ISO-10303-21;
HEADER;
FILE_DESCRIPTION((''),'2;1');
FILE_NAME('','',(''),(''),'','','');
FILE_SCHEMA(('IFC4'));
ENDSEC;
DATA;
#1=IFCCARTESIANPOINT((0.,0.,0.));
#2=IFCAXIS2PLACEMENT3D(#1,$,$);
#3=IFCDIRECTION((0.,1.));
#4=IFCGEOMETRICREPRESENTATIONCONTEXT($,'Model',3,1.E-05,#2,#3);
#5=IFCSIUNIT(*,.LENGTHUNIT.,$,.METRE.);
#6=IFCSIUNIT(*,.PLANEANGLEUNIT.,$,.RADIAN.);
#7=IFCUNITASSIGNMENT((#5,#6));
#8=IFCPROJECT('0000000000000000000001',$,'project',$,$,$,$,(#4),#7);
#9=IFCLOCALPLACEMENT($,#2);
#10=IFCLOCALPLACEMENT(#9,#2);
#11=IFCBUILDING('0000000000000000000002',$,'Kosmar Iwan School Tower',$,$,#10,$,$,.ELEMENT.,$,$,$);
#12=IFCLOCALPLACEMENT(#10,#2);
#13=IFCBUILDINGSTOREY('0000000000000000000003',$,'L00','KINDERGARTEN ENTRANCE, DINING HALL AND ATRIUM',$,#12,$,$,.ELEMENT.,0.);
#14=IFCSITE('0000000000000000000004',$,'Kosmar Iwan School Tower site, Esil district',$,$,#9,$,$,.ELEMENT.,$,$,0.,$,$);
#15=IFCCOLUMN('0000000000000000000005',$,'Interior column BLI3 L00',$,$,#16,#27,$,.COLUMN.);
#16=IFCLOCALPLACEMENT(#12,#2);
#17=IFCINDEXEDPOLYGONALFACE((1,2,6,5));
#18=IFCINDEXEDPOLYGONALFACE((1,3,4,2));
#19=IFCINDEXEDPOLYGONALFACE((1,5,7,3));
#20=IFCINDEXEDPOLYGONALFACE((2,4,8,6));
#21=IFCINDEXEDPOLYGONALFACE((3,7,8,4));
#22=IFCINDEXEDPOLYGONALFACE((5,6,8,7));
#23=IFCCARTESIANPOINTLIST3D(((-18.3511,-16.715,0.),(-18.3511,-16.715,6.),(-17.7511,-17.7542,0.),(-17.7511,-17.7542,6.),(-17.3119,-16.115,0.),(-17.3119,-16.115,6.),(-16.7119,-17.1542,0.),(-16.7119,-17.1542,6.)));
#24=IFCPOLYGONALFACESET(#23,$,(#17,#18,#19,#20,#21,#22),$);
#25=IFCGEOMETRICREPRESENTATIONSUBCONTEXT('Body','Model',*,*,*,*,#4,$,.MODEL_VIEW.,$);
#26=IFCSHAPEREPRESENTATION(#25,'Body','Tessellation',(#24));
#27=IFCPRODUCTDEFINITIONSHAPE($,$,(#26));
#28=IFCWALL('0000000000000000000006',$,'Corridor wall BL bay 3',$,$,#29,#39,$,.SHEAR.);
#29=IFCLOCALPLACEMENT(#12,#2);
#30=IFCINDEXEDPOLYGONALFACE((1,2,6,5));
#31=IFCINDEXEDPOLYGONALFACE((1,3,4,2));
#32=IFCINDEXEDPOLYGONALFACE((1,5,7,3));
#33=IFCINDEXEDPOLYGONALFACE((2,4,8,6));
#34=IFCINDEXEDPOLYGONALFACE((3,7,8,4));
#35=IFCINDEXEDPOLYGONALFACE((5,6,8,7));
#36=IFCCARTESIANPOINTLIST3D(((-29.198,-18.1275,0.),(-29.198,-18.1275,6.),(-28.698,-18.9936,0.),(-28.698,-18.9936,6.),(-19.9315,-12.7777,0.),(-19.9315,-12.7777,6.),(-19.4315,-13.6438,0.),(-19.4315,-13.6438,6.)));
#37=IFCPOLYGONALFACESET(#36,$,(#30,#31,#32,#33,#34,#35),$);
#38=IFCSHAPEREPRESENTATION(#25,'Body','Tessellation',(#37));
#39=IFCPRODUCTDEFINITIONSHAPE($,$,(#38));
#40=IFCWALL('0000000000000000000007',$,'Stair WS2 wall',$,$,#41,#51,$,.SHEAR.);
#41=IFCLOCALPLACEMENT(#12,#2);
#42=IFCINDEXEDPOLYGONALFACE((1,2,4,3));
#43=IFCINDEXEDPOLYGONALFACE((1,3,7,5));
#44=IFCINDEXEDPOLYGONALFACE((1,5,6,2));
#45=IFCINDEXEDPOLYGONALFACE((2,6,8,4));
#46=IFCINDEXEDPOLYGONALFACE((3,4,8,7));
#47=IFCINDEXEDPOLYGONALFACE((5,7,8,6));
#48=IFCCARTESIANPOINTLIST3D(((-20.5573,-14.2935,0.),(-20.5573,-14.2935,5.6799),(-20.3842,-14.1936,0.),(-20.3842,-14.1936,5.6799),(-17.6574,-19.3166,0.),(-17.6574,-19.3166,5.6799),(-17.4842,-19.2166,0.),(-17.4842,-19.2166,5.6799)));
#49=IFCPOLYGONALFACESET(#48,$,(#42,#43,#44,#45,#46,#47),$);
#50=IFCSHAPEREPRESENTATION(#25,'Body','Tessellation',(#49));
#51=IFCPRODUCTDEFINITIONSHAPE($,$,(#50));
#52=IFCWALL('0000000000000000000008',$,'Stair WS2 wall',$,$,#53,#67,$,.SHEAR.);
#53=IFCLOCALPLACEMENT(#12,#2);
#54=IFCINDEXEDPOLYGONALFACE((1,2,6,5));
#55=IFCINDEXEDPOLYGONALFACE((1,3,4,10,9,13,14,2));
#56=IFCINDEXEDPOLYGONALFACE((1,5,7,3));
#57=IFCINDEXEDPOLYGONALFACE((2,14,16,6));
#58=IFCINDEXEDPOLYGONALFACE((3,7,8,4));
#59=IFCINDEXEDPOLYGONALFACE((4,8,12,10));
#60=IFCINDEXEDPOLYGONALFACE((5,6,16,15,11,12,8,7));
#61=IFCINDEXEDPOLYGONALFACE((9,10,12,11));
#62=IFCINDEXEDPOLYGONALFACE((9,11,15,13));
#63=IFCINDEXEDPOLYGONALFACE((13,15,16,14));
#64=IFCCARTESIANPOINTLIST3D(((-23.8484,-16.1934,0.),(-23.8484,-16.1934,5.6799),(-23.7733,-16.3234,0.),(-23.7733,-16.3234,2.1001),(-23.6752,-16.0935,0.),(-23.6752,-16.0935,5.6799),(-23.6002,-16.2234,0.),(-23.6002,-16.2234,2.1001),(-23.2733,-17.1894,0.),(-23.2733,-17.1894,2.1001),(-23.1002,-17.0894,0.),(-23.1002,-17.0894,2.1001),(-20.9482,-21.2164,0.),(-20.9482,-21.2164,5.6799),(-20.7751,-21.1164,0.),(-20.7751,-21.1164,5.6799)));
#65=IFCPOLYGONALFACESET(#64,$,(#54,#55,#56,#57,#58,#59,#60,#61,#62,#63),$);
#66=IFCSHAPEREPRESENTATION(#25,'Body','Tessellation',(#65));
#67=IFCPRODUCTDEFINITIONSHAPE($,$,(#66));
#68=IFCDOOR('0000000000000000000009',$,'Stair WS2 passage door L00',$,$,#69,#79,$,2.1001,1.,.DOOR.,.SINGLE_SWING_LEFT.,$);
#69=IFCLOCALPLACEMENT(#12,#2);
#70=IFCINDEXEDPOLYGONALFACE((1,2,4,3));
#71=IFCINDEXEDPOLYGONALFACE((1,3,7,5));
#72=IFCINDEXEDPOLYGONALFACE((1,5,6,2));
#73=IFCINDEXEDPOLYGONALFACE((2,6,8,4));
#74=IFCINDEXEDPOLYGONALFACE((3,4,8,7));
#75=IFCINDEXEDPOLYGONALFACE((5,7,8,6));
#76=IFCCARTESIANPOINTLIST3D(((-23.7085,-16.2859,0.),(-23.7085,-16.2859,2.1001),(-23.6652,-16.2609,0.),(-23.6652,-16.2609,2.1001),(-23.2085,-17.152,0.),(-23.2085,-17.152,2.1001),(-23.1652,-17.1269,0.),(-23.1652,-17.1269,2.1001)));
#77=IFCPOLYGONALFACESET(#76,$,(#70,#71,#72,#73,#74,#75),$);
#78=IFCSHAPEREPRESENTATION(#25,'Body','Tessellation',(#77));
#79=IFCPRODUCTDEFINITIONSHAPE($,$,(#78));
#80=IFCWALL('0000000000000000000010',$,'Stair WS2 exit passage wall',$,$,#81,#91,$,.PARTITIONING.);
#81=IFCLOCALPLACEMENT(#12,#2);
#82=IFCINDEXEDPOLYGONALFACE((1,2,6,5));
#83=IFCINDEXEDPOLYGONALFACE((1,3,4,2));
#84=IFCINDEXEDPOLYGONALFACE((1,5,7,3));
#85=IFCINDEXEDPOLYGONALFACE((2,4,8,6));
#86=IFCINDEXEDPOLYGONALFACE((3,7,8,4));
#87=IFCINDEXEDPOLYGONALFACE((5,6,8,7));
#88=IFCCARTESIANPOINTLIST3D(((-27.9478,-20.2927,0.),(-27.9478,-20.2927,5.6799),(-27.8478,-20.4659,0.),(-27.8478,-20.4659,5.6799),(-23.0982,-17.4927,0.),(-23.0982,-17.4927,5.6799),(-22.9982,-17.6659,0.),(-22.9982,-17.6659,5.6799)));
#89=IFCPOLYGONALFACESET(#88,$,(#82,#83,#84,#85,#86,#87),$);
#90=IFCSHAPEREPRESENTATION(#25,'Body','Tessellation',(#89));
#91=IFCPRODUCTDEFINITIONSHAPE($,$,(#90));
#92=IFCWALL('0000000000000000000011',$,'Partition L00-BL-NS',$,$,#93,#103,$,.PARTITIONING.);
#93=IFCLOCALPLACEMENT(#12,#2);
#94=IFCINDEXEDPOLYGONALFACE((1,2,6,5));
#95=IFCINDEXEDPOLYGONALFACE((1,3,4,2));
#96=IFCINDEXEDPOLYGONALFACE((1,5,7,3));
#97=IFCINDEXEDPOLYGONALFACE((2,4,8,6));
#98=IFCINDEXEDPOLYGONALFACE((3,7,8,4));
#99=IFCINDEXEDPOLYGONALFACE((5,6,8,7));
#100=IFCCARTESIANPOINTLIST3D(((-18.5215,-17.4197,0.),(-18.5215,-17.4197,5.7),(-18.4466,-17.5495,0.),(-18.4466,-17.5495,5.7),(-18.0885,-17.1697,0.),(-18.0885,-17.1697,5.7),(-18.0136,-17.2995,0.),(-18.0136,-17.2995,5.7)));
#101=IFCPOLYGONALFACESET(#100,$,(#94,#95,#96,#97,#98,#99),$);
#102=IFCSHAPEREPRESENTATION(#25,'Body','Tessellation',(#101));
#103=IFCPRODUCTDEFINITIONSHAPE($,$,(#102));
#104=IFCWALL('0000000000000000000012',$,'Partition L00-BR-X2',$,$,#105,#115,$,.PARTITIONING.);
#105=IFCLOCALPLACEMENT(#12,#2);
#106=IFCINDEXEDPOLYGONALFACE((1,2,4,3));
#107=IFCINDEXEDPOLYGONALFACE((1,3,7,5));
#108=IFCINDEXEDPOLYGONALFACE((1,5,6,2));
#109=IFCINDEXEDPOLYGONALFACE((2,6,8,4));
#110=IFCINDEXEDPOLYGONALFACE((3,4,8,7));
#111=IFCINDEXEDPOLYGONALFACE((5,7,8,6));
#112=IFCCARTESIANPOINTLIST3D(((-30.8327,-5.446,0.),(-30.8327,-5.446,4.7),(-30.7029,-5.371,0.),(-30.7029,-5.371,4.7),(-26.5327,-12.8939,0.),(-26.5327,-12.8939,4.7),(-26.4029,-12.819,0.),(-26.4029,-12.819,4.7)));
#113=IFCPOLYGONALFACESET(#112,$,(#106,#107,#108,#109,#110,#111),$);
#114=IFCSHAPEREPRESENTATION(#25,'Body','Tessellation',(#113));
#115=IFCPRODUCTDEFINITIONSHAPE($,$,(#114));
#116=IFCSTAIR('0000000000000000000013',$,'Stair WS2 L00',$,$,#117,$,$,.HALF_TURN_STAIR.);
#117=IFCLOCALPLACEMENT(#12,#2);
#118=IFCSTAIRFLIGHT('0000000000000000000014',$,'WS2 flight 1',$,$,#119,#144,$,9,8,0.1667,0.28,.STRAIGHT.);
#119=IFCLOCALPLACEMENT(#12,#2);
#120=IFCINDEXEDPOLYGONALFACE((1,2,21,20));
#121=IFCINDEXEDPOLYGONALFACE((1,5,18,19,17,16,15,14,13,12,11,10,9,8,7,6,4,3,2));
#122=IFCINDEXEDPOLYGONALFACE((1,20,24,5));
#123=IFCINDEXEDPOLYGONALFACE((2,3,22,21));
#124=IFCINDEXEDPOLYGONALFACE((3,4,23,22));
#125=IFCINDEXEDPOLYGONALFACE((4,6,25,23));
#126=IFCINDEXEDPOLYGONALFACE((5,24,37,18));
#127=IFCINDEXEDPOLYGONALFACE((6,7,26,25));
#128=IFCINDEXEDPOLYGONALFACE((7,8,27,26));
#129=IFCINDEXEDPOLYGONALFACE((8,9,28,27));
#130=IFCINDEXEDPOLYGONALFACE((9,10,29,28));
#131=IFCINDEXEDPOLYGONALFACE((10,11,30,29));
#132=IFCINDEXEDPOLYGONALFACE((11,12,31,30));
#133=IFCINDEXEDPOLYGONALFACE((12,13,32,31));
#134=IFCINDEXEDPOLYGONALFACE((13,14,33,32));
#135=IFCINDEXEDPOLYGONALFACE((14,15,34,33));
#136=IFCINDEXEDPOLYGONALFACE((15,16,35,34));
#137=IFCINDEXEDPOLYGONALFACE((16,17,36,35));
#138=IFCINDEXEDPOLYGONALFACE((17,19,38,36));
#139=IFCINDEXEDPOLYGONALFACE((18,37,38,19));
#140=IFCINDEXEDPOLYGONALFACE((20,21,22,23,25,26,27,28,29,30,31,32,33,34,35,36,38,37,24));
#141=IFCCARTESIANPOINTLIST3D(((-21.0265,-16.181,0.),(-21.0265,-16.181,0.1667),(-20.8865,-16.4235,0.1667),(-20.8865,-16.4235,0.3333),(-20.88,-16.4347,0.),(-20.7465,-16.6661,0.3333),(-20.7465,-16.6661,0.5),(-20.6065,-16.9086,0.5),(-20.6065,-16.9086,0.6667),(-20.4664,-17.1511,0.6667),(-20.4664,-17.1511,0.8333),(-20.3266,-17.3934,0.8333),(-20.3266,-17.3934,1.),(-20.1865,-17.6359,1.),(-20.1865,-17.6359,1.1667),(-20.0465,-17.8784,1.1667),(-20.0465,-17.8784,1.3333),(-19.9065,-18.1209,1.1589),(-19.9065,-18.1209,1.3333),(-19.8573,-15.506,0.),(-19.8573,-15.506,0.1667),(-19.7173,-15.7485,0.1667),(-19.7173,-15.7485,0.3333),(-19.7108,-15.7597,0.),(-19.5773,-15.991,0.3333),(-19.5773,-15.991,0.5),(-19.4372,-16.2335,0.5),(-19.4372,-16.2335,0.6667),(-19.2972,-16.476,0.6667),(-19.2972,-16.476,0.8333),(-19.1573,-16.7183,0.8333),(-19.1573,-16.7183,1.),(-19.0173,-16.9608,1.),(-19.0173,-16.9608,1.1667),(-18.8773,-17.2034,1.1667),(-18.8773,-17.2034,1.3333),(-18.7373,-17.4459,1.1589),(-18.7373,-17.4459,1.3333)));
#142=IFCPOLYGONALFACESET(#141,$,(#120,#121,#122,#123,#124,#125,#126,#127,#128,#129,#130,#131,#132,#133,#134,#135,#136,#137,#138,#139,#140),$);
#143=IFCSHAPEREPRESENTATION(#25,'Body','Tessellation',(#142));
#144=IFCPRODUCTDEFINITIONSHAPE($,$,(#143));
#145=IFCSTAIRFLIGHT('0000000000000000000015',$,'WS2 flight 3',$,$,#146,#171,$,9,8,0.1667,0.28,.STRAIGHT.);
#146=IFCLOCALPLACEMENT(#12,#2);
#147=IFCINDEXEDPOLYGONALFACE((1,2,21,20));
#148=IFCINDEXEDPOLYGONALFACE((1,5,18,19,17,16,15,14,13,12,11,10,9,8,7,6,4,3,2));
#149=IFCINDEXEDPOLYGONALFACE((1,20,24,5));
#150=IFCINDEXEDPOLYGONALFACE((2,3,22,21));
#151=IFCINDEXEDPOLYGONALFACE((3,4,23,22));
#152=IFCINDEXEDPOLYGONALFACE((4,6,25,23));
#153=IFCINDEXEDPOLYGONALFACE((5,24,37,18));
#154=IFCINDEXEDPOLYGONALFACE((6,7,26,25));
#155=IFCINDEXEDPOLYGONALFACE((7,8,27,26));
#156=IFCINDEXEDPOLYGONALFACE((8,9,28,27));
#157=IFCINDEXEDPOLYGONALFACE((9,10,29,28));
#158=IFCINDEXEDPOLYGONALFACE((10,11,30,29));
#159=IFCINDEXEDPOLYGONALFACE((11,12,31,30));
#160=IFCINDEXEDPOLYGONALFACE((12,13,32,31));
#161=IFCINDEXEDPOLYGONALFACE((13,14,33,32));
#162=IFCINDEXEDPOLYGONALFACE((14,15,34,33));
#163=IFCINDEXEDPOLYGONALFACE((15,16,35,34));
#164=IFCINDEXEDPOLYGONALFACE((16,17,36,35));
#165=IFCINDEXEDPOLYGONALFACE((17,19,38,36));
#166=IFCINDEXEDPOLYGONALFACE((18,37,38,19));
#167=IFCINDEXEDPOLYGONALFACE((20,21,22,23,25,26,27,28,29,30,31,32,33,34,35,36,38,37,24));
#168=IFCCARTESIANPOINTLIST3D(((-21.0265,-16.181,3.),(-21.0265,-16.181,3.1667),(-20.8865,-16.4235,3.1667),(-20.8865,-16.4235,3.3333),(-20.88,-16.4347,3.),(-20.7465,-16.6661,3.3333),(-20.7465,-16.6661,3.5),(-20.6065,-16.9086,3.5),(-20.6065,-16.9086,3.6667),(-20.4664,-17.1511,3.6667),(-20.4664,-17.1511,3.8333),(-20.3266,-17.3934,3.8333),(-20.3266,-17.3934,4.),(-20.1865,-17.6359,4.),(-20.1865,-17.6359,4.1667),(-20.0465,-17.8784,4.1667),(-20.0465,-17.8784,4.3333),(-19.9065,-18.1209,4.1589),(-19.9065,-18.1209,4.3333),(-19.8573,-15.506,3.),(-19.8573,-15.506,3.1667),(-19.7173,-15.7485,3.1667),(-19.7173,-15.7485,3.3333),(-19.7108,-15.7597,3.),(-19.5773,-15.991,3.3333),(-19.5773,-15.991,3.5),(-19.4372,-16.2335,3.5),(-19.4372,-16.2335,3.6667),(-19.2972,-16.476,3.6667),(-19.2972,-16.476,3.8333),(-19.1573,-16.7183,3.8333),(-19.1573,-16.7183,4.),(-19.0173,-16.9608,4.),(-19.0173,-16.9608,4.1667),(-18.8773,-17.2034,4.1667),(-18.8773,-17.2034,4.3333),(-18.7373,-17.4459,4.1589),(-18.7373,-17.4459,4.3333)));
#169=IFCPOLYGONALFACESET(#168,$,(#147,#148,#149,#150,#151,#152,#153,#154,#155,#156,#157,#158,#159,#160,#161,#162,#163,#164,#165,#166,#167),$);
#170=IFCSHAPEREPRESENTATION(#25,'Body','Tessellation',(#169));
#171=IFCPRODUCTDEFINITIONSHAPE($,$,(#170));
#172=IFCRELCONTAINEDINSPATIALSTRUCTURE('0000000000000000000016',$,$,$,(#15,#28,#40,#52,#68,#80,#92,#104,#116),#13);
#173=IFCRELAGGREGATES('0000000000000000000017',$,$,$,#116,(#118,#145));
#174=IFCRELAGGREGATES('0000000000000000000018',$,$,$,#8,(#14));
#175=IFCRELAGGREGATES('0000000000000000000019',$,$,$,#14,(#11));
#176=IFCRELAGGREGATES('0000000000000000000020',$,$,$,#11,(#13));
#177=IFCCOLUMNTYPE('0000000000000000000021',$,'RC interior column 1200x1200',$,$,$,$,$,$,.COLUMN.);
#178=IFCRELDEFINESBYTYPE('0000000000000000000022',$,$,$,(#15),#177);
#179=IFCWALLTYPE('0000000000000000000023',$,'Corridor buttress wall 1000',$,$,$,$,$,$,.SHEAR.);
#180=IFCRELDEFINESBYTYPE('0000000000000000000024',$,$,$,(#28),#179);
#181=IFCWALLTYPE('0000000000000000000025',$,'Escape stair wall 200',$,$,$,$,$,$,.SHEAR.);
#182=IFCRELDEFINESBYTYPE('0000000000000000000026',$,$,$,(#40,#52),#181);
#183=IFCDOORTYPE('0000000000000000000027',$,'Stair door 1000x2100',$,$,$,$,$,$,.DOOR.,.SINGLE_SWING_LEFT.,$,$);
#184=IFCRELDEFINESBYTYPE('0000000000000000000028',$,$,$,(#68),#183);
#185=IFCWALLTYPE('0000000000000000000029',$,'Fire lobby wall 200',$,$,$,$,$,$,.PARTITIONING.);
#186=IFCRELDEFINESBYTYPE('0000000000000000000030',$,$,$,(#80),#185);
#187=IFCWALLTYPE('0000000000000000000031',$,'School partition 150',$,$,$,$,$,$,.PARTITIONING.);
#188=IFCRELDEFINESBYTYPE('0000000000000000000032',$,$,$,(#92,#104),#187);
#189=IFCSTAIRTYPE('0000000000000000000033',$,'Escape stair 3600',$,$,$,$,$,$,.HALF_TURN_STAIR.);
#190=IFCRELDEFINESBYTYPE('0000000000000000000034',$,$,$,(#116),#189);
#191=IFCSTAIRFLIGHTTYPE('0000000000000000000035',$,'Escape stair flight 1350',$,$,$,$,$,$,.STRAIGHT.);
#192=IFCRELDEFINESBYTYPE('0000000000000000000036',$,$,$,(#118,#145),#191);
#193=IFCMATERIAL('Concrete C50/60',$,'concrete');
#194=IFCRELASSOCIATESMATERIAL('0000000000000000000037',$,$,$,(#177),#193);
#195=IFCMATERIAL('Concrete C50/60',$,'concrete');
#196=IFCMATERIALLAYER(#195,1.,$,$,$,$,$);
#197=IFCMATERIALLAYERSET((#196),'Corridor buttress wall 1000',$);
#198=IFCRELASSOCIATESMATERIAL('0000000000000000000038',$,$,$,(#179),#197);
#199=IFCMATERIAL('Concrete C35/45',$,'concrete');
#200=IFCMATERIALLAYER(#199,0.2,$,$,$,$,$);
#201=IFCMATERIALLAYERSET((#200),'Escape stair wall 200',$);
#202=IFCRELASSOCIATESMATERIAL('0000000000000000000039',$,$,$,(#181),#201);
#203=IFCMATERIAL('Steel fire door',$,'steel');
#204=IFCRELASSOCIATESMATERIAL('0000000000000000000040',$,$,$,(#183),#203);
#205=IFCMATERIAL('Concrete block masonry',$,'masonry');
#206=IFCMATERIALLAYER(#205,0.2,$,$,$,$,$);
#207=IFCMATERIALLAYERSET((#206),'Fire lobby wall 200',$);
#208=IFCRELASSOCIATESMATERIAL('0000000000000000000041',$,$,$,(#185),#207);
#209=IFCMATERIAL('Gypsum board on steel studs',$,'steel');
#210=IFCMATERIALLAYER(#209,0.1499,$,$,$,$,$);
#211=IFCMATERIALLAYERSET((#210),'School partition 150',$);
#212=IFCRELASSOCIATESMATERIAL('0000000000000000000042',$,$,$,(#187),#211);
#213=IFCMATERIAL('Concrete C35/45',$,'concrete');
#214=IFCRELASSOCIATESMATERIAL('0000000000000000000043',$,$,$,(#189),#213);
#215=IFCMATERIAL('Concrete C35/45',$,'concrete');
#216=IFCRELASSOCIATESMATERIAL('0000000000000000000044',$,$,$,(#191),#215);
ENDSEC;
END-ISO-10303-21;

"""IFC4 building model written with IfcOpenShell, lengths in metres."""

from ifc_helpers import new_model, si_unit, direction, frame, frame_2d, origin, origin_2d, place, context, subcontext, project, spatial, polyline, rectangle, outline, extrude, material, layer, layer_set, material_profile, profile_set, type_object, element, fill, aggregate, save


model = new_model("IFC4")

# Units and contexts
model_context = context("Model", 3, precision=1e-05, world=origin(), true_north=direction((0.0, 1.0)))
body_context = subcontext(model_context, "Body", "Model", "MODEL_VIEW")
ifc_project = project(units=[si_unit("LENGTHUNIT", "METRE"), si_unit("PLANEANGLEUNIT", "RADIAN")], contexts=[model_context])

# Site, building, storey
site_placement = place(None, origin())
site = spatial("IfcSite", under=ifc_project, at=site_placement, Name="Kosmar Iwan School Tower site, Esil district", CompositionType="ELEMENT", RefElevation=0.0)
building_placement = place(site_placement, origin())
building = spatial("IfcBuilding", under=site, at=building_placement, Name="Kosmar Iwan School Tower", CompositionType="ELEMENT")
storey_placement = place(building_placement, origin())
storey = spatial("IfcBuildingStorey", under=building, at=storey_placement, Name="L00", Description="KINDERGARTEN ENTRANCE, DINING HALL AND ATRIUM", CompositionType="ELEMENT", Elevation=0.0)

# Column
ifc_material_1 = material(Name="Concrete C50/60", Category="concrete")
ifc_material_profile_1 = material_profile(ifc_material_1, rectangle(XDim=1.2, YDim=1.2, at=origin_2d()), Name="RC 1200x1200")
ifc_profile_set_1 = profile_set([ifc_material_profile_1], Name="Concrete C50/60")
column_type = type_object("IfcColumnType", Name="RC interior column 1200x1200", PredefinedType="COLUMN", material=ifc_profile_set_1)
column_placement = place(storey_placement, frame((-17.5315, -16.9346, 0.0), z_axis=(0.0, 0.0, 1.0), x_axis=(-0.866025, -0.5, 0.0)))
element("IfcColumn", 1, at=column_placement, inside=storey, type_object=column_type, Name="Interior column BLI3 L00", PredefinedType="COLUMN", context=body_context, shape_type="SweptSolid", body=[
    extrude(rectangle(XDim=1.2, YDim=1.2, at=origin_2d()), origin(), (0.0, 0.0, 1.0), 6.0),
])

# Walls
ifc_material_2 = material(Name="Concrete C50/60", Category="concrete")
ifc_layer_1 = layer(ifc_material_2, 1.0)
ifc_layer_set_1 = layer_set([ifc_layer_1], Name="Corridor buttress wall 1000")
wall_type_1 = type_object("IfcWallType", Name="Corridor buttress wall 1000", PredefinedType="SHEAR", material=ifc_layer_set_1)
wall_1_placement = place(storey_placement, frame((-19.6814, -13.2107, 0.0), z_axis=(0.0, 0.0, 1.0), x_axis=(-0.866034, -0.499984, 0.0)))
element("IfcWall", 2, at=wall_1_placement, inside=storey, type_object=wall_type_1, Name="Corridor wall BL bay 3", PredefinedType="SHEAR", context=body_context, shape_type="SweptSolid", body=[
    extrude(rectangle(XDim=10.7, YDim=1.0, at=frame_2d((5.3501, 0.0))), origin(), (0.0, 0.0, 1.0), 6.0),
])
ifc_material_3 = material(Name="Concrete C35/45", Category="concrete")
ifc_layer_2 = layer(ifc_material_3, 0.2)
ifc_layer_set_2 = layer_set([ifc_layer_2], Name="Escape stair wall 200")
wall_type_2 = type_object("IfcWallType", Name="Escape stair wall 200", PredefinedType="SHEAR", material=ifc_layer_set_2)
wall_2_placement = place(storey_placement, frame((-20.4707, -14.2437, 0.0), z_axis=(0.0, 0.0, 1.0), x_axis=(0.499987, -0.866033, 0.0)))
element("IfcWall", 3, at=wall_2_placement, inside=storey, type_object=wall_type_2, Name="Stair WS2 wall", PredefinedType="SHEAR", context=body_context, shape_type="SweptSolid", body=[
    extrude(rectangle(XDim=5.8, YDim=0.2, at=frame_2d((2.8999, 0.0))), origin(), (0.0, 0.0, 1.0), 5.6799),
])

# Wall, opening, door
wall_3_placement = place(storey_placement, frame((-23.7617, -16.1436, 0.0), z_axis=(0.0, 0.0, 1.0), x_axis=(0.500019, -0.866015, 0.0)))
wall_3 = element("IfcWall", 4, at=wall_3_placement, inside=storey, type_object=wall_type_2, Name="Stair WS2 wall", PredefinedType="SHEAR", context=body_context, shape_type="SweptSolid", body=[
    extrude(rectangle(XDim=5.8, YDim=0.2, at=frame_2d((2.8999, 0.0))), origin(), (0.0, 0.0, 1.0), 5.6799),
])
opening_placement = place(wall_3_placement, frame((0.1499, 0.0, 0.0)))
opening = element("IfcOpeningElement", 5, at=opening_placement, cuts=wall_3, PredefinedType="OPENING", context=body_context, shape_type="SweptSolid", body=[
    extrude(rectangle(XDim=1.0, YDim=2.1001, at=frame_2d((0.5, 1.05))), frame((0.0, 0.1121, 0.0), z_axis=(0.0, -1.0, 0.0), x_axis=(1.0, 0.0, 0.0)), (0.0, 0.0, 1.0), 0.2239),
])
ifc_material_4 = material(Name="Steel fire door", Category="steel")
door_type = type_object("IfcDoorType", Name="Stair door 1000x2100", OperationType="SINGLE_SWING_LEFT", PredefinedType="DOOR", material=ifc_material_4)
door_placement = place(opening_placement, origin())
door = element("IfcDoor", 6, at=door_placement, inside=storey, type_object=door_type, Name="Stair WS2 passage door L00", OperationType="SINGLE_SWING_LEFT", OverallHeight=2.1001, OverallWidth=1.0, PredefinedType="DOOR", context=body_context, shape_type="SweptSolid", body=[
    extrude(rectangle(XDim=1.0, YDim=2.1001, at=frame_2d((0.5, 1.05))), frame((0.0, 0.0249, 0.0), z_axis=(0.0, -1.0, 0.0), x_axis=(1.0, 0.0, 0.0)), (0.0, 0.0, 1.0), 0.05),
])
fill(opening, door)

# Walls
ifc_material_5 = material(Name="Concrete block masonry", Category="masonry")
ifc_layer_3 = layer(ifc_material_5, 0.2)
ifc_layer_set_3 = layer_set([ifc_layer_3], Name="Fire lobby wall 200")
wall_type_3 = type_object("IfcWallType", Name="Fire lobby wall 200", PredefinedType="PARTITIONING", material=ifc_layer_set_3)
wall_4_placement = place(storey_placement, frame((-23.0483, -17.5793, 0.0), z_axis=(0.0, 0.0, 1.0), x_axis=(-0.866016, -0.500017, 0.0)))
element("IfcWall", 7, at=wall_4_placement, inside=storey, type_object=wall_type_3, Name="Stair WS2 exit passage wall", PredefinedType="PARTITIONING", context=body_context, shape_type="SweptSolid", body=[
    extrude(rectangle(XDim=5.5999, YDim=0.2, at=frame_2d((2.7998, 0.0))), origin(), (0.0, 0.0, 1.0), 5.6799),
])
ifc_material_6 = material(Name="Gypsum board on steel studs", Category="steel")
ifc_layer_4 = layer(ifc_material_6, 0.1499)
ifc_layer_set_4 = layer_set([ifc_layer_4], Name="School partition 150")
wall_type_4 = type_object("IfcWallType", Name="School partition 150", PredefinedType="PARTITIONING", material=ifc_layer_set_4)
wall_5_placement = place(storey_placement, frame((-18.051, -17.2346, 0.0), z_axis=(0.0, 0.0, 1.0), x_axis=(-0.866072, -0.49992, 0.0)))
element("IfcWall", 8, at=wall_5_placement, inside=storey, type_object=wall_type_4, Name="Partition L00-BL-NS", PredefinedType="PARTITIONING", context=body_context, shape_type="SweptSolid", body=[
    extrude(rectangle(XDim=0.5, YDim=0.1499, at=frame_2d((0.25, 0.0))), origin(), (0.0, 0.0, 1.0), 5.7),
])
wall_6_placement = place(storey_placement, frame((-26.4678, -12.8564, 0.0), z_axis=(0.0, 0.0, 1.0), x_axis=(-0.499995, 0.866028, 0.0)))
element("IfcWall", 9, at=wall_6_placement, inside=storey, type_object=wall_type_4, Name="Partition L00-BR-X2", PredefinedType="PARTITIONING", context=body_context, shape_type="SweptSolid", body=[
    extrude(rectangle(XDim=8.6001, YDim=0.1499, at=frame_2d((4.3, 0.0))), origin(), (0.0, 0.0, 1.0), 4.7),
])

# Stair, stair flights
ifc_material_7 = material(Name="Concrete C35/45", Category="concrete")
stair_type = type_object("IfcStairType", Name="Escape stair 3600", PredefinedType="HALF_TURN_STAIR", material=ifc_material_7)
stair_placement = place(storey_placement, origin())
stair = element("IfcStair", 10, at=stair_placement, inside=storey, type_object=stair_type, Name="Stair WS2 L00", PredefinedType="HALF_TURN_STAIR")
ifc_material_8 = material(Name="Concrete C35/45", Category="concrete")
stair_flight_type = type_object("IfcStairFlightType", Name="Escape stair flight 1350", PredefinedType="STRAIGHT", material=ifc_material_8)
stair_flight_1_placement = place(storey_placement, frame((-20.4419, -15.8435, 0.0), z_axis=(0.0, 0.0, 1.0), x_axis=(0.5, -0.866025, 0.0)))
stair_flight_1 = element("IfcStairFlight", 11, at=stair_flight_1_placement, type_object=stair_flight_type, Name="WS2 flight 1", NumberOfRisers=9, NumberOfTreads=8, PredefinedType="STRAIGHT", RiserHeight=0.1667, TreadLength=0.28, context=body_context, shape_type="SweptSolid", body=[
    extrude(outline(polyline([(0.0, 0.0), (0.0, 0.1667), (0.28, 0.1667), (0.28, 0.3333), (0.5601, 0.3333), (0.5601, 0.5), (0.8401, 0.5), (0.8401, 0.6667), (1.1201, 0.6667), (1.1201, 0.8333), (1.3999, 0.8333), (1.3999, 1.0), (1.6799, 1.0), (1.6799, 1.1667), (1.96, 1.1667), (1.96, 1.3333), (2.24, 1.3333), (2.24, 1.5), (2.24, 1.1589), (0.293, 0.0), (0.0, 0.0)])), frame((0.0, 0.675, 0.0), z_axis=(0.0, -1.0, 0.0), x_axis=(1.0, 0.0, 0.0)), (0.0, 0.0, 1.0), 1.3501),
])
stair_flight_2_placement = place(storey_placement, frame((-20.4419, -15.8435, 3.0), z_axis=(0.0, 0.0, 1.0), x_axis=(0.5, -0.866025, 0.0)))
stair_flight_2 = element("IfcStairFlight", 12, at=stair_flight_2_placement, type_object=stair_flight_type, Name="WS2 flight 3", NumberOfRisers=9, NumberOfTreads=8, PredefinedType="STRAIGHT", RiserHeight=0.1667, TreadLength=0.28, context=body_context, shape_type="SweptSolid", body=[
    extrude(outline(polyline([(0.0, 0.0), (0.0, 0.1667), (0.28, 0.1667), (0.28, 0.3333), (0.5601, 0.3333), (0.5601, 0.5), (0.8401, 0.5), (0.8401, 0.6667), (1.1201, 0.6667), (1.1201, 0.8333), (1.3999, 0.8333), (1.3999, 1.0), (1.6799, 1.0), (1.6799, 1.1667), (1.96, 1.1667), (1.96, 1.3333), (2.24, 1.3333), (2.24, 1.5), (2.24, 1.1589), (0.293, 0.0), (0.0, 0.0)])), frame((0.0, 0.675, 0.0), z_axis=(0.0, -1.0, 0.0), x_axis=(1.0, 0.0, 0.0)), (0.0, 0.0, 1.0), 1.3501),
])
aggregate(stair, [stair_flight_1, stair_flight_2])

save(model, "model.ifc")
